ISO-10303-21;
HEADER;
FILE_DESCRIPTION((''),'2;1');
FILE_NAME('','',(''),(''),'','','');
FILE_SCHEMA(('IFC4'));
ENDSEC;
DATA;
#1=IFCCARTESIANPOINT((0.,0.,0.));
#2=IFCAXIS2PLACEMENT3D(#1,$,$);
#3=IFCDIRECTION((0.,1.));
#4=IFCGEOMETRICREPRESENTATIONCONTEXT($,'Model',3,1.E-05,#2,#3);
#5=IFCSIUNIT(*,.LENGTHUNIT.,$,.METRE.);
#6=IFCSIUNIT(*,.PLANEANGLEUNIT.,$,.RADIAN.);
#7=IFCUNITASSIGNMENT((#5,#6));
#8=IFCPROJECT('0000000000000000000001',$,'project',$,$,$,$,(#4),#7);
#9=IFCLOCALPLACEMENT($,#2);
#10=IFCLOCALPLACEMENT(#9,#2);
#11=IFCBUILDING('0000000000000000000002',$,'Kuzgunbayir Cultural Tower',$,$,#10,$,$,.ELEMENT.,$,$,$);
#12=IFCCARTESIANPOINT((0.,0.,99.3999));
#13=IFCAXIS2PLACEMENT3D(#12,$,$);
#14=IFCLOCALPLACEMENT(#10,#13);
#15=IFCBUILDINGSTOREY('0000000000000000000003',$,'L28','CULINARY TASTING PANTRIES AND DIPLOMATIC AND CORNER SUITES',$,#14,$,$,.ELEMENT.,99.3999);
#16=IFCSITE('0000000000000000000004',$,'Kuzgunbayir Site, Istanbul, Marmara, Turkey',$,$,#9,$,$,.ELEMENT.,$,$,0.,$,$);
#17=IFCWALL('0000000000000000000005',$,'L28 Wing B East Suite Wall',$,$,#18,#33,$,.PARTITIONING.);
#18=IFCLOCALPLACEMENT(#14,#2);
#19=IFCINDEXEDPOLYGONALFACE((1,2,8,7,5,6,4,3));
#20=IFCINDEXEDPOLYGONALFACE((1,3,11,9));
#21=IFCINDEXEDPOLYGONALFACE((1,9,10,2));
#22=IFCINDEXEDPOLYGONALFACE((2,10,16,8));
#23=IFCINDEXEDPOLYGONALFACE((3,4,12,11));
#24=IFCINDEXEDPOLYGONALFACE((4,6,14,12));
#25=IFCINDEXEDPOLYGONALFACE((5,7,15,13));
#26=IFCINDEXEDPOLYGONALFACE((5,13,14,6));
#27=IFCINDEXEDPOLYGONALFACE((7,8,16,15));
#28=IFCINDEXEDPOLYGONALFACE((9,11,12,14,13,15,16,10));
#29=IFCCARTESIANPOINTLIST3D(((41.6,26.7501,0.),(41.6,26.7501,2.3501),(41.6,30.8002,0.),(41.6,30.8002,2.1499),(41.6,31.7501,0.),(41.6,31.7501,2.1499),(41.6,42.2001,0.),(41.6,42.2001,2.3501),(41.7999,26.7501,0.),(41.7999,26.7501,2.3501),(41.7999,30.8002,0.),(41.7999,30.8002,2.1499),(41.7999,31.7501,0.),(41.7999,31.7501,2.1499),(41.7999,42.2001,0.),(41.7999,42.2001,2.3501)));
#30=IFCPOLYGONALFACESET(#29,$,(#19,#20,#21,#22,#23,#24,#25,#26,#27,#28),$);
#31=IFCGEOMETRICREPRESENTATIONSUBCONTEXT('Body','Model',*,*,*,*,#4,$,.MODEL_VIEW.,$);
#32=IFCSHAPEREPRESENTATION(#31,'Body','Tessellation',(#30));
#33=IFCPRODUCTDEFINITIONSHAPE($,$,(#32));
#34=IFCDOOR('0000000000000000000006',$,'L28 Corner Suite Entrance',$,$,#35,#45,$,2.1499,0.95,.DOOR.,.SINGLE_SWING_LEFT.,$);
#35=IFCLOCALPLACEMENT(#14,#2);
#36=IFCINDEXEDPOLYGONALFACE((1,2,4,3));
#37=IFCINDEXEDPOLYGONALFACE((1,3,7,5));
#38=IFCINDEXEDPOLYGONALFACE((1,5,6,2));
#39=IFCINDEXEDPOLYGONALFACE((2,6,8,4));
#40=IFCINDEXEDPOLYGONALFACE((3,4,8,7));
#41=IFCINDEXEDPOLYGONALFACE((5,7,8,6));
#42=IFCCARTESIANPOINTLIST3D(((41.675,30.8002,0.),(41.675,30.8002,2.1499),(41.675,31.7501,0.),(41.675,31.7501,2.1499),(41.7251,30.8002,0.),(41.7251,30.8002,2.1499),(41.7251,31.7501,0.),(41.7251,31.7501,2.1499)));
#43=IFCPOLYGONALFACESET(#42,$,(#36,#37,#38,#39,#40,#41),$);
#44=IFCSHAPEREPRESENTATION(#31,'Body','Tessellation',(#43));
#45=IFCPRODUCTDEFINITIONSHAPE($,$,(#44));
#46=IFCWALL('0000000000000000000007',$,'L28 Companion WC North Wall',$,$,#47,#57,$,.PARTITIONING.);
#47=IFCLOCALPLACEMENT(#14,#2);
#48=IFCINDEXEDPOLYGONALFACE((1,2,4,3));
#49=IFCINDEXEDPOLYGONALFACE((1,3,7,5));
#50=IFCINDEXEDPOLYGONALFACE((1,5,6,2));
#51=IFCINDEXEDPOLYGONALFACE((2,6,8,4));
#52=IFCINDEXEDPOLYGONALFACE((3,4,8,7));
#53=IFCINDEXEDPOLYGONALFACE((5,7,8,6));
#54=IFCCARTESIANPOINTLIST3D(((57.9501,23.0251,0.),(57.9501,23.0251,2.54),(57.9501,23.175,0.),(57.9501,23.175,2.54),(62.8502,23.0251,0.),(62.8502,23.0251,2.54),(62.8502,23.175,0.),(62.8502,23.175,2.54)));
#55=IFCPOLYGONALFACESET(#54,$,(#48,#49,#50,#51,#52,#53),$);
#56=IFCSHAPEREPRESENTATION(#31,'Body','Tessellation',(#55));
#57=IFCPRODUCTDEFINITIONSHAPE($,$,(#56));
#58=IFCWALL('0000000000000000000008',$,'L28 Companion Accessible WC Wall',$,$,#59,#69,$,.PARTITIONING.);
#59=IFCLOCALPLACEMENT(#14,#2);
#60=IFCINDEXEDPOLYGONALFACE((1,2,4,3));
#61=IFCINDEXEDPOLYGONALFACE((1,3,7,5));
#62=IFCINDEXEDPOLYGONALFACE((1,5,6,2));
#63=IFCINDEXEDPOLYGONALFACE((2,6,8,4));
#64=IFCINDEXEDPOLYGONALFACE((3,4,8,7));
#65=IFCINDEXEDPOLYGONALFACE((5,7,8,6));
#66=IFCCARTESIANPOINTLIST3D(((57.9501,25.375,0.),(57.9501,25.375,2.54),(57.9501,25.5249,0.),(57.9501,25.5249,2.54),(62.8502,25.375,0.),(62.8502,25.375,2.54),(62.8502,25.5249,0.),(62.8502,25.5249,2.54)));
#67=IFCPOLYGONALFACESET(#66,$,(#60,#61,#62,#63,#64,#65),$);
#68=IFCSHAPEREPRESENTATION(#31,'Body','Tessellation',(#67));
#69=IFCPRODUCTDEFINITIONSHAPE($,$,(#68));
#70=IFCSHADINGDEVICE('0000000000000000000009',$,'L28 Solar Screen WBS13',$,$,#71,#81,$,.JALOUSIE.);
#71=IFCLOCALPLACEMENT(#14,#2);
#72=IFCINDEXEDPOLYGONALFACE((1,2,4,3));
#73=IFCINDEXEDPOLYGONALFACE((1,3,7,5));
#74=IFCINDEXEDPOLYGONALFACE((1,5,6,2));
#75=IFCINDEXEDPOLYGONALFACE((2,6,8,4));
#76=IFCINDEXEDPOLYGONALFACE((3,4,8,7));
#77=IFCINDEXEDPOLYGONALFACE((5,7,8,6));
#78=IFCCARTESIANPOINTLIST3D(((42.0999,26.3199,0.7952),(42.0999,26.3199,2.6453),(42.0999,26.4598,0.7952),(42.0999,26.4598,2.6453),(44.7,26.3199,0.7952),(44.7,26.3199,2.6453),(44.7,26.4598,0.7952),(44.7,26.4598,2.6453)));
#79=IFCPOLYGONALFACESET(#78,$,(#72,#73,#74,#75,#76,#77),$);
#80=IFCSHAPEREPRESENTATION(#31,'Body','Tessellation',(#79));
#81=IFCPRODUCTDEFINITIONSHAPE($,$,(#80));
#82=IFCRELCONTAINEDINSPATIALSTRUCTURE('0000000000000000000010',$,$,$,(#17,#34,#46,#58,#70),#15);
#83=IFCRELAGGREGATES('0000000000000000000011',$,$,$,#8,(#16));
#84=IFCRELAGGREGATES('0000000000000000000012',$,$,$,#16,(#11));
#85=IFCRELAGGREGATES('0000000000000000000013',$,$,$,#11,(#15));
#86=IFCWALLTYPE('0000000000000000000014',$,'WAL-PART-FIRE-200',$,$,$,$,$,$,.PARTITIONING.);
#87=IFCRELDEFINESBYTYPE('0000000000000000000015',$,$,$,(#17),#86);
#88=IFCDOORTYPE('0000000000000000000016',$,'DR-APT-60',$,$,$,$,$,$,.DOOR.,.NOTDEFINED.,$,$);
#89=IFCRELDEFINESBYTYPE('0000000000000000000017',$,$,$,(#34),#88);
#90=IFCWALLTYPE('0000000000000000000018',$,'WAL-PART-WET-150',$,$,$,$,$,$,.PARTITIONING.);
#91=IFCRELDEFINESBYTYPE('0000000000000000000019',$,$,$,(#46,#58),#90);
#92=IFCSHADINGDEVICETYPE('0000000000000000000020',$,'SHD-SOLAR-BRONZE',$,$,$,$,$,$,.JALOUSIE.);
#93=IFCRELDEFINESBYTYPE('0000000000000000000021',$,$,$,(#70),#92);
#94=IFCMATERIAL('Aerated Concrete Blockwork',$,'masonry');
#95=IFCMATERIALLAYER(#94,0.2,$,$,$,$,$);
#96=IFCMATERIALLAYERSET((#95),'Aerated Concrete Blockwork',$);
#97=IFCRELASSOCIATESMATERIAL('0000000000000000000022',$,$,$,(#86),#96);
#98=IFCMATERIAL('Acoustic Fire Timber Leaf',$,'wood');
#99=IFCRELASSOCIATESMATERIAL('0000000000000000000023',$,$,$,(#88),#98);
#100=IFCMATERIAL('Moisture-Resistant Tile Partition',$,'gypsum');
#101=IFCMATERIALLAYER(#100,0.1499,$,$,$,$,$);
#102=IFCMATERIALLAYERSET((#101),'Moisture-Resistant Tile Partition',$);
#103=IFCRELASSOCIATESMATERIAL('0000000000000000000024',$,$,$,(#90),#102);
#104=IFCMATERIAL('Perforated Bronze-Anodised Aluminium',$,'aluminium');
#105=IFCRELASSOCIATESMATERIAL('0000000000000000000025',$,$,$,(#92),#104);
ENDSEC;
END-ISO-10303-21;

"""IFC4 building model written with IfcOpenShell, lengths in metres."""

from ifc_helpers import new_model, si_unit, direction, frame, frame_2d, origin, origin_2d, place, context, subcontext, project, spatial, rectangle, extrude, material, layer, layer_set, type_object, element, fill, save


model = new_model("IFC4")

# Units and contexts
model_context = context("Model", 3, precision=1e-05, world=origin(), true_north=direction((0.0, 1.0)))
body_context = subcontext(model_context, "Body", "Model", "MODEL_VIEW")
ifc_project = project(units=[si_unit("LENGTHUNIT", "METRE"), si_unit("PLANEANGLEUNIT", "RADIAN")], contexts=[model_context])

# Site, building, storey
site_placement = place(None, origin())
site = spatial("IfcSite", under=ifc_project, at=site_placement, Name="Kuzgunbayir Site, Istanbul, Marmara, Turkey", CompositionType="ELEMENT", RefElevation=0.0)
building_placement = place(site_placement, origin())
building = spatial("IfcBuilding", under=site, at=building_placement, Name="Kuzgunbayir Cultural Tower", CompositionType="ELEMENT")
storey_placement = place(building_placement, frame((0.0, 0.0, 99.3999)))
storey = spatial("IfcBuildingStorey", under=building, at=storey_placement, Name="L28", Description="CULINARY TASTING PANTRIES AND DIPLOMATIC AND CORNER SUITES", CompositionType="ELEMENT", Elevation=99.3999)

# Wall, opening, door
ifc_material_1 = material(Name="Aerated Concrete Blockwork", Category="masonry")
ifc_layer_1 = layer(ifc_material_1, 0.2)
ifc_layer_set_1 = layer_set([ifc_layer_1], Name="Aerated Concrete Blockwork")
wall_type_1 = type_object("IfcWallType", Name="WAL-PART-FIRE-200", PredefinedType="PARTITIONING", material=ifc_layer_set_1)
wall_1_placement = place(storey_placement, frame((41.7, 26.75, 0.0), z_axis=(0.0, 0.0, 1.0), x_axis=(0.0, 1.0, 0.0)))
wall_1 = element("IfcWall", 1, at=wall_1_placement, inside=storey, type_object=wall_type_1, Name="L28 Wing B East Suite Wall", PredefinedType="PARTITIONING", context=body_context, shape_type="SweptSolid", body=[
    extrude(rectangle(XDim=15.45, YDim=0.2, at=frame_2d((7.7251, 0.0))), origin(), (0.0, 0.0, 1.0), 2.3501),
])
opening_1_placement = place(wall_1_placement, frame((4.05, 0.0, 0.0)))
opening_1 = element("IfcOpeningElement", 2, at=opening_1_placement, cuts=wall_1, PredefinedType="OPENING", context=body_context, shape_type="SweptSolid", body=[
    extrude(rectangle(XDim=0.95, YDim=2.1499, at=frame_2d((0.4751, 1.075))), frame((0.0, 0.1099, 0.0), z_axis=(0.0, -1.0, 0.0), x_axis=(1.0, 0.0, 0.0)), (0.0, 0.0, 1.0), 0.22),
])
ifc_material_2 = material(Name="Acoustic Fire Timber Leaf", Category="wood")
door_type_1 = type_object("IfcDoorType", Name="DR-APT-60", OperationType="NOTDEFINED", PredefinedType="DOOR", material=ifc_material_2)
door_1_placement = place(opening_1_placement, origin())
door_1 = element("IfcDoor", 3, at=door_1_placement, inside=storey, type_object=door_type_1, Name="L28 Corner Suite Entrance", OperationType="SINGLE_SWING_LEFT", OverallHeight=2.1499, OverallWidth=0.95, PredefinedType="DOOR", context=body_context, shape_type="SweptSolid", body=[
    extrude(rectangle(XDim=0.95, YDim=2.1499, at=frame_2d((0.4751, 1.075))), frame((0.0, 0.0249, 0.0), z_axis=(0.0, -1.0, 0.0), x_axis=(1.0, 0.0, 0.0)), (0.0, 0.0, 1.0), 0.05),
])
fill(opening_1, door_1)
ifc_material_3 = material(Name="Moisture-Resistant Tile Partition", Category="gypsum")
ifc_layer_2 = layer(ifc_material_3, 0.1499)
ifc_layer_set_2 = layer_set([ifc_layer_2], Name="Moisture-Resistant Tile Partition")
wall_type_2 = type_object("IfcWallType", Name="WAL-PART-WET-150", PredefinedType="PARTITIONING", material=ifc_layer_set_2)

# Walls
for number, where, z_axis, x_axis, name in (
    (4, (57.95, 23.1001, 0.0), (0.0, 0.0, 1.0), (1.0, 0.0, 0.0), "L28 Companion WC North Wall"),
    (5, (57.95, 25.45, 0.0), (0.0, 0.0, 1.0), (1.0, 0.0, 0.0), "L28 Companion Accessible WC Wall"),
):
    element("IfcWall", number, at=place(storey_placement, frame(where, z_axis=z_axis, x_axis=x_axis)), inside=storey, type_object=wall_type_2, Name=name, PredefinedType="PARTITIONING", context=body_context, shape_type="SweptSolid", body=[
        extrude(rectangle(XDim=4.9001, YDim=0.1499, at=frame_2d((2.4502, 0.0))), origin(), (0.0, 0.0, 1.0), 2.54),
    ])

# Shading device
ifc_material_4 = material(Name="Perforated Bronze-Anodised Aluminium", Category="aluminium")
shading_device_type = type_object("IfcShadingDeviceType", Name="SHD-SOLAR-BRONZE", PredefinedType="JALOUSIE", material=ifc_material_4)
shading_device_placement = place(storey_placement, frame((43.3999, 26.3899, 0.7952), z_axis=(0.0, 0.0, 1.0), x_axis=(1.0, 0.0, 0.0)))
element("IfcShadingDevice", 6, at=shading_device_placement, inside=storey, type_object=shading_device_type, Name="L28 Solar Screen WBS13", PredefinedType="JALOUSIE", context=body_context, shape_type="SweptSolid", body=[
    extrude(rectangle(XDim=2.6001, YDim=0.1399, at=origin_2d()), origin(), (0.0, 0.0, 1.0), 1.8501),
])

save(model, "model.ifc")
